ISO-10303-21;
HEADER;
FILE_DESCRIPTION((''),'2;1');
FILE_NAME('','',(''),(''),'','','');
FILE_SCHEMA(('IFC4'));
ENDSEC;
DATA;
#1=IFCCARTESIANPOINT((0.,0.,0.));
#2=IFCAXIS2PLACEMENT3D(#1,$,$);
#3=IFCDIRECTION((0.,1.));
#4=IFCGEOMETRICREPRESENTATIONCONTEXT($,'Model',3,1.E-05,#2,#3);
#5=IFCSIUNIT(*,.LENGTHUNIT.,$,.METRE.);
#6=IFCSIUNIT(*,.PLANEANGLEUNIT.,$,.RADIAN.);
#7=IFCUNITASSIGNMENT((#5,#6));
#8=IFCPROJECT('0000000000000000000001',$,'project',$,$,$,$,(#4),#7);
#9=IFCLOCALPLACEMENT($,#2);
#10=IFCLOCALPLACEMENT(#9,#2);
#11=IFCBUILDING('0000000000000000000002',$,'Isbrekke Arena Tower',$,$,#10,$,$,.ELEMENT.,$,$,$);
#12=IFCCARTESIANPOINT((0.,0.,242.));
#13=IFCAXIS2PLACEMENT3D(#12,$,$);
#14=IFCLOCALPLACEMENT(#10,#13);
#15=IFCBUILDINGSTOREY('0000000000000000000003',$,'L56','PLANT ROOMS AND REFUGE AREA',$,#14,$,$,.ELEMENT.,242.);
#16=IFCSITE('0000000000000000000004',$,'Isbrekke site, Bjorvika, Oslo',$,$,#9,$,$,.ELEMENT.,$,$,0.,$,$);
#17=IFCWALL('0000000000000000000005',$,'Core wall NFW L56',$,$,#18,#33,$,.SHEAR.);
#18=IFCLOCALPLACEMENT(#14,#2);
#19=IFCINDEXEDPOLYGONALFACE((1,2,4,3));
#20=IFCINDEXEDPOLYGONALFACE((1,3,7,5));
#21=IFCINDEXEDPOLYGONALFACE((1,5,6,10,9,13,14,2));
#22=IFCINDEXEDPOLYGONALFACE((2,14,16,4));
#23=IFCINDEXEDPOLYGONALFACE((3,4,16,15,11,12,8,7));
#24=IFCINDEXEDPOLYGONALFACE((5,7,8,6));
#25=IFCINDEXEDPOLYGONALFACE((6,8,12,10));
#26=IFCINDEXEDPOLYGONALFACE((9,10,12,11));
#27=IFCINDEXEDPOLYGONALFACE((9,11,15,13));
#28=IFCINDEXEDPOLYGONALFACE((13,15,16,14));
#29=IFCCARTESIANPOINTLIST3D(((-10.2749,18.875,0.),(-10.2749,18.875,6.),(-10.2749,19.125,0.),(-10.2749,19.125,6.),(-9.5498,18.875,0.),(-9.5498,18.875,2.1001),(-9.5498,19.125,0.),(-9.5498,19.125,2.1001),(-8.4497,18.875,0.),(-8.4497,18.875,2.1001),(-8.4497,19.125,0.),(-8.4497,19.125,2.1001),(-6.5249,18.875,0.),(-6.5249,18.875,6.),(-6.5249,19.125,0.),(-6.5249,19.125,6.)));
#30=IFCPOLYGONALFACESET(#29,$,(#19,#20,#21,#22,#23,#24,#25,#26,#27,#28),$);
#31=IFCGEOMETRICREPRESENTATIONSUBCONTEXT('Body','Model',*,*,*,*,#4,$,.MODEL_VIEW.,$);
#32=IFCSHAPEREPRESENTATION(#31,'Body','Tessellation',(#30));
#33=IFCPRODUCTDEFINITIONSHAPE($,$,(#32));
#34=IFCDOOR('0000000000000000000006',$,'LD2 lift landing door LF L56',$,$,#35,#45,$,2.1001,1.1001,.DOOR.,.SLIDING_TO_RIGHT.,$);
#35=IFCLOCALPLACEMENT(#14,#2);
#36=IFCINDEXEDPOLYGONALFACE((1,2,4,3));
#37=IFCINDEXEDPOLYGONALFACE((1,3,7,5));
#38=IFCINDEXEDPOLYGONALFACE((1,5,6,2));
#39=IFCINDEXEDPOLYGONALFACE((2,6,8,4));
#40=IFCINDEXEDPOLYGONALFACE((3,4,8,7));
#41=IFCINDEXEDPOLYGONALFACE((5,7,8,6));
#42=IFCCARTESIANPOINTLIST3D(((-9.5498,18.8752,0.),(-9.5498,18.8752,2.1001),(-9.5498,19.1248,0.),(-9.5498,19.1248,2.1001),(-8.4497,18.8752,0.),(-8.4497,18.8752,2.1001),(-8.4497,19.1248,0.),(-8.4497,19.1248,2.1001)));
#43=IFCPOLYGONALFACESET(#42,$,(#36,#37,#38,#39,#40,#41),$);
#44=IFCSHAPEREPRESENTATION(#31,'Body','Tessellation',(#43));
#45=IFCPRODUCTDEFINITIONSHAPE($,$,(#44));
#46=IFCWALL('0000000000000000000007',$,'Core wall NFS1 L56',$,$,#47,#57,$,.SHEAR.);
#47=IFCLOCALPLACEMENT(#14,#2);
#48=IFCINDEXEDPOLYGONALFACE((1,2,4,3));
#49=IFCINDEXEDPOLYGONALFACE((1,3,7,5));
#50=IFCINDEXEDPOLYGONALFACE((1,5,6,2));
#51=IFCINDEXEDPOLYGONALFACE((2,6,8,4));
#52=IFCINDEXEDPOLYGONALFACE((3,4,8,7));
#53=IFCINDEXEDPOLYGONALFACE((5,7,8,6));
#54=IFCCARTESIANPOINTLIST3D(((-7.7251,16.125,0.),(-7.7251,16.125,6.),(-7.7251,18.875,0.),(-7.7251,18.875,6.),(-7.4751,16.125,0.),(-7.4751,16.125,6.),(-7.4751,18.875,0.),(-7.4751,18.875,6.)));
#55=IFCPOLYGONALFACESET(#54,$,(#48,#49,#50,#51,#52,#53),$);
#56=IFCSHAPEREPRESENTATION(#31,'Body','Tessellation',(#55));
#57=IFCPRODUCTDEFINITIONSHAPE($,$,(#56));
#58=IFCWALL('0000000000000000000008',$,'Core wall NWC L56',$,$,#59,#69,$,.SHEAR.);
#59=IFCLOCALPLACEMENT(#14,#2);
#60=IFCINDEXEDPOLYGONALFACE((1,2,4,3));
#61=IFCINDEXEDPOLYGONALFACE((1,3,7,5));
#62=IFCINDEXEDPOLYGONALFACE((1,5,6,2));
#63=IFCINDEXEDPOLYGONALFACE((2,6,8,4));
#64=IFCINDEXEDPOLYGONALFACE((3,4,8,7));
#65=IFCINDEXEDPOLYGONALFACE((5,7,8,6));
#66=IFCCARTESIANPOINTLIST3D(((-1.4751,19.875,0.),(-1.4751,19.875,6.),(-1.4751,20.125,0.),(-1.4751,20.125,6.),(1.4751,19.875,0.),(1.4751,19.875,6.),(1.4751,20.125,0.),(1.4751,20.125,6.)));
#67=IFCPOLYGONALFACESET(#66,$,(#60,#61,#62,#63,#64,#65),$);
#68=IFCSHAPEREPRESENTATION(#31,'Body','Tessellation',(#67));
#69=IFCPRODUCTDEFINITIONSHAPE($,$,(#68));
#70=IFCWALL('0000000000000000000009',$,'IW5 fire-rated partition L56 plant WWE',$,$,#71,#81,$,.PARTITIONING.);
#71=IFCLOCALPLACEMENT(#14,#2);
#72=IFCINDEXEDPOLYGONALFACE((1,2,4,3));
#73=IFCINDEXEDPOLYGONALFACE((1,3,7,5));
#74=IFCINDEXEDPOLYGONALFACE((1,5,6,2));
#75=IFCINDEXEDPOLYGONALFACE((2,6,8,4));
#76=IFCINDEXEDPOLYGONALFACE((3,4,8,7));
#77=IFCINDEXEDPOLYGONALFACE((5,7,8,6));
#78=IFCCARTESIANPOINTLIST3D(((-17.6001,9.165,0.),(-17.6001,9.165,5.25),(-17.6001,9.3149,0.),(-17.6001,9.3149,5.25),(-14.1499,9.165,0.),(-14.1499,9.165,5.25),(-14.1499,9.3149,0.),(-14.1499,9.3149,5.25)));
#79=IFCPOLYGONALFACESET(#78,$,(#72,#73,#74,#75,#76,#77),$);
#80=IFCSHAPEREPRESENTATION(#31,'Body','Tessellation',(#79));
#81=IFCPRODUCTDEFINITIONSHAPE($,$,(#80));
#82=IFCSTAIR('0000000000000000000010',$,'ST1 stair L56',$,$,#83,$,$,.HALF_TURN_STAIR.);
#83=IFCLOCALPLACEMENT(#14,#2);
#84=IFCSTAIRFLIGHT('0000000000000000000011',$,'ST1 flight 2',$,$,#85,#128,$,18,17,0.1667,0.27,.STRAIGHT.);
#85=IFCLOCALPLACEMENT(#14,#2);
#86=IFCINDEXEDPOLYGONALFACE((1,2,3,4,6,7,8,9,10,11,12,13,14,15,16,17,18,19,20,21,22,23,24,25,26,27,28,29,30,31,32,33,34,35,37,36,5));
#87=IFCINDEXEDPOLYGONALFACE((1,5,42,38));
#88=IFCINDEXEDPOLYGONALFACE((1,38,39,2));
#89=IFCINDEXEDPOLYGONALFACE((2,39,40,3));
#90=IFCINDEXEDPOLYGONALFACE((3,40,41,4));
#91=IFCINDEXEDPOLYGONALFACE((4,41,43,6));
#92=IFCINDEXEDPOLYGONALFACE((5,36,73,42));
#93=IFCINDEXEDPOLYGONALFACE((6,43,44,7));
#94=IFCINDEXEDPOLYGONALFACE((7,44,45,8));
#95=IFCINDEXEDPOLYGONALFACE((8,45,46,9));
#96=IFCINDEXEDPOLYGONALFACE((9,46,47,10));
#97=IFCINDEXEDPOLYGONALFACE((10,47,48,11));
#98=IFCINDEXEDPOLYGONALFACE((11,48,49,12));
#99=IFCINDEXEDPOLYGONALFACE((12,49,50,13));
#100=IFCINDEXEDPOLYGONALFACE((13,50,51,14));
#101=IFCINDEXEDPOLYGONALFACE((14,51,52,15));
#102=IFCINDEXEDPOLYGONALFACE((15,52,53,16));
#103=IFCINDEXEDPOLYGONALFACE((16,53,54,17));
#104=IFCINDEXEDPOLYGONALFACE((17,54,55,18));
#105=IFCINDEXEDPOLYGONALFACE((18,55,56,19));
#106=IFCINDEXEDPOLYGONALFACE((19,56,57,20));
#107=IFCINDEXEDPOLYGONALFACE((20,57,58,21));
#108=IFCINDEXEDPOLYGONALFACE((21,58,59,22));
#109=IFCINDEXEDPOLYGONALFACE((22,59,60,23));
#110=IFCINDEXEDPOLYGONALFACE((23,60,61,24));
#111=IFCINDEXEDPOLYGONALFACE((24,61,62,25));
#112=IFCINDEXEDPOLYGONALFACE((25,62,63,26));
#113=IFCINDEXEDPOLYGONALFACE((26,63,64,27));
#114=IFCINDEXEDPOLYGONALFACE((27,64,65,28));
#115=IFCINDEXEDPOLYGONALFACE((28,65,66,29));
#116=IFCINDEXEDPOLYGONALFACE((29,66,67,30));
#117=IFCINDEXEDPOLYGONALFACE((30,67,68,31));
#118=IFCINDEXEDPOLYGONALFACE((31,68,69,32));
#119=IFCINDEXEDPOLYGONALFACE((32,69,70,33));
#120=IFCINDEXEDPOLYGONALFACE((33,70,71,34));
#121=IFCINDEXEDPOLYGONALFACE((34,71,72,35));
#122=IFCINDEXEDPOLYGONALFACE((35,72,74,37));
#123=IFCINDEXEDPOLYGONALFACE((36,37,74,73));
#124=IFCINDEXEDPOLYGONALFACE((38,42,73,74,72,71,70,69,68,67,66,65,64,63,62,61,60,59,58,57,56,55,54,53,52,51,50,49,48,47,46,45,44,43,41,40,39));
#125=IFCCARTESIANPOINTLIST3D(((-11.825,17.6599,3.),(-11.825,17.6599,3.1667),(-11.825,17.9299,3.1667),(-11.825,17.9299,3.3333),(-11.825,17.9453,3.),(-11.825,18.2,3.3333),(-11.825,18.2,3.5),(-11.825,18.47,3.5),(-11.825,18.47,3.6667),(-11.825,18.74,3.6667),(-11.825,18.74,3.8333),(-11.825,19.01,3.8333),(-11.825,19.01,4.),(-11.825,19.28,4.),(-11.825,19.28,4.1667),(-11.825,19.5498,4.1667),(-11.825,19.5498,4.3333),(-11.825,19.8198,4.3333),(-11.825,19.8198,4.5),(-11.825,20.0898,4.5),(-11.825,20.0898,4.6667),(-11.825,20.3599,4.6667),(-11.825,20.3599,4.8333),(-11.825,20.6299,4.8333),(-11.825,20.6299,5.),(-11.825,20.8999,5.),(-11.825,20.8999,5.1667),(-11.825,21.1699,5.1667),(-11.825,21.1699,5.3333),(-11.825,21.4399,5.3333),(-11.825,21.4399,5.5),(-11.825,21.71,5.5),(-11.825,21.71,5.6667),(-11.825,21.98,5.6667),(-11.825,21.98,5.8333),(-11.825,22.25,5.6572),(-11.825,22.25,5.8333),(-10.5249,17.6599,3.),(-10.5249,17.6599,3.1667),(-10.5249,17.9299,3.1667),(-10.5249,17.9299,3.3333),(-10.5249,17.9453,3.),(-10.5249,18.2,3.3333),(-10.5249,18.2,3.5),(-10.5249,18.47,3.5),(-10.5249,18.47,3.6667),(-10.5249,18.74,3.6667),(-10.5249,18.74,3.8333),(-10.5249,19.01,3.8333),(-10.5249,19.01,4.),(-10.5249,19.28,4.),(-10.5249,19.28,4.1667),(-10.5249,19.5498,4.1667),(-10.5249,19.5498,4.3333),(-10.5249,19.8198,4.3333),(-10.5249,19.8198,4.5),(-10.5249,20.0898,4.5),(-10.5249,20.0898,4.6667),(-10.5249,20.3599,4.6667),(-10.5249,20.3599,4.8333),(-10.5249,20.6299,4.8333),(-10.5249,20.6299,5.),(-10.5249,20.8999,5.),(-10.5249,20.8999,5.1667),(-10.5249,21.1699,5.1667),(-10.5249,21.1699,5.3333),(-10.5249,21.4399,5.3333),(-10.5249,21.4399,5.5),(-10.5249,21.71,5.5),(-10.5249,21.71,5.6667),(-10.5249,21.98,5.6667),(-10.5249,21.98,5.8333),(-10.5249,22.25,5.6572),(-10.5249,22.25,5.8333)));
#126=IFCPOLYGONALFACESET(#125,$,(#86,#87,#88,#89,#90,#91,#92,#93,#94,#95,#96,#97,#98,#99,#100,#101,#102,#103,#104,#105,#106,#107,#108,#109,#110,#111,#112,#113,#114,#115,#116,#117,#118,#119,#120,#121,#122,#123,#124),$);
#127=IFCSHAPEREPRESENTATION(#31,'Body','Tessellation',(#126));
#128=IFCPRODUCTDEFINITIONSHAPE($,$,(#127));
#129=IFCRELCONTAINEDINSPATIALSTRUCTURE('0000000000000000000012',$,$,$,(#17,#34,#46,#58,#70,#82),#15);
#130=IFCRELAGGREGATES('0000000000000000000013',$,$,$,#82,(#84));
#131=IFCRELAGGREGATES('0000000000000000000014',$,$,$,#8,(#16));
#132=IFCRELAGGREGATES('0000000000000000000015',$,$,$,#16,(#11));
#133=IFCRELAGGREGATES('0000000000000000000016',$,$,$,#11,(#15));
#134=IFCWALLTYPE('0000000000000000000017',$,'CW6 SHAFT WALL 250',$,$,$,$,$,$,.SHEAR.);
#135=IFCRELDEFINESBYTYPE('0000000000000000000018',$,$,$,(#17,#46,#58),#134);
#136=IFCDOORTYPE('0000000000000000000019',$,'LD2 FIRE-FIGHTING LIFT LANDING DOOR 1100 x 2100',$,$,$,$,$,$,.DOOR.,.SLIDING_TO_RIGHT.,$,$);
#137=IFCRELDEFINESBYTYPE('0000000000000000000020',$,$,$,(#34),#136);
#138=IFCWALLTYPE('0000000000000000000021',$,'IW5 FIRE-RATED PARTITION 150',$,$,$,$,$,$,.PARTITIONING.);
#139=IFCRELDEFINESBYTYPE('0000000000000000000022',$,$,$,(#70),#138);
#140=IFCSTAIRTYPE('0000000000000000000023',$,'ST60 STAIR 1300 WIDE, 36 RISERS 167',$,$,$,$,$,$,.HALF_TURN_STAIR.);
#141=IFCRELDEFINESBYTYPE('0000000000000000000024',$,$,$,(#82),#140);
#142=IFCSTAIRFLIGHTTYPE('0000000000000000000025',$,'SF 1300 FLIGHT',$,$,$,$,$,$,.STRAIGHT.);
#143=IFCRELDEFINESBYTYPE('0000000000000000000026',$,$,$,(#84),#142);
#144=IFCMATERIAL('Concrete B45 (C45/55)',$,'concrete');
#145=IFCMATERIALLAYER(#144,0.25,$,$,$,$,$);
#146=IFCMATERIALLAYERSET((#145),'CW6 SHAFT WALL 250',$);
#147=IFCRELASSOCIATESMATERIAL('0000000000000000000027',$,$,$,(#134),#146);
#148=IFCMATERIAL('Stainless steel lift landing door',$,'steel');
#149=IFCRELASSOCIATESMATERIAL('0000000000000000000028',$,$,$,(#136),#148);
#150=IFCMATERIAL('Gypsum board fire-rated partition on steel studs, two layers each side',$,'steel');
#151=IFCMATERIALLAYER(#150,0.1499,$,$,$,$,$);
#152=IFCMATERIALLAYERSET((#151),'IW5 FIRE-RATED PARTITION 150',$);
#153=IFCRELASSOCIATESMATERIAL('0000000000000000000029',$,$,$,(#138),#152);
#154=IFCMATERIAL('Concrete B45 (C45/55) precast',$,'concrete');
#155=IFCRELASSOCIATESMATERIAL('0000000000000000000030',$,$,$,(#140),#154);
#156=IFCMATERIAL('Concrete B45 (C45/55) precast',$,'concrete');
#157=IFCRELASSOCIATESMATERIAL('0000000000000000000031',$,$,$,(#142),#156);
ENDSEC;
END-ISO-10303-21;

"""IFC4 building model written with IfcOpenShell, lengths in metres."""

from ifc_helpers import new_model, si_unit, direction, frame, frame_2d, origin, place, context, subcontext, project, spatial, polyline, rectangle, outline, extrude, material, layer, layer_set, type_object, element, fill, aggregate, save


model = new_model("IFC4")

# Units and contexts
model_context = context("Model", 3, precision=1e-05, world=origin(), true_north=direction((0.0, 1.0)))
body_context = subcontext(model_context, "Body", "Model", "MODEL_VIEW")
ifc_project = project(units=[si_unit("LENGTHUNIT", "METRE"), si_unit("PLANEANGLEUNIT", "RADIAN")], contexts=[model_context])

# Site, building, storey
site_placement = place(None, origin())
site = spatial("IfcSite", under=ifc_project, at=site_placement, Name="Isbrekke site, Bjorvika, Oslo", CompositionType="ELEMENT", RefElevation=0.0)
building_placement = place(site_placement, origin())
building = spatial("IfcBuilding", under=site, at=building_placement, Name="Isbrekke Arena Tower", CompositionType="ELEMENT")
storey_placement = place(building_placement, frame((0.0, 0.0, 242.0)))
storey = spatial("IfcBuildingStorey", under=building, at=storey_placement, Name="L56", Description="PLANT ROOMS AND REFUGE AREA", CompositionType="ELEMENT", Elevation=242.0)

# Shared definitions
ifc_material_1 = material(Name="Concrete B45 (C45/55)", Category="concrete")
ifc_layer_1 = layer(ifc_material_1, 0.25)
ifc_layer_set_1 = layer_set([ifc_layer_1], Name="CW6 SHAFT WALL 250")
wall_type_1 = type_object("IfcWallType", Name="CW6 SHAFT WALL 250", PredefinedType="SHEAR", material=ifc_layer_set_1)

# Wall, opening, door
wall_1_placement = place(storey_placement, frame((-10.2749, 19.0, 0.0), z_axis=(0.0, 0.0, 1.0), x_axis=(1.0, 0.0, 0.0)))
wall_1 = element("IfcWall", 1, at=wall_1_placement, inside=storey, type_object=wall_type_1, Name="Core wall NFW L56", PredefinedType="SHEAR", context=body_context, shape_type="SweptSolid", body=[
    extrude(rectangle(XDim=3.75, YDim=0.25, at=frame_2d((1.875, 0.0))), origin(), (0.0, 0.0, 1.0), 6.0),
])
opening_1_placement = place(wall_1_placement, frame((0.7251, 0.0, 0.0)))
opening_1 = element("IfcOpeningElement", 2, at=opening_1_placement, cuts=wall_1, PredefinedType="OPENING", context=body_context, shape_type="SweptSolid", body=[
    extrude(rectangle(XDim=1.1001, YDim=2.1001, at=frame_2d((0.55, 1.05))), frame((0.0, 0.1399, 0.0), z_axis=(0.0, -1.0, 0.0), x_axis=(1.0, 0.0, 0.0)), (0.0, 0.0, 1.0), 0.2798),
])
ifc_material_2 = material(Name="Stainless steel lift landing door", Category="steel")
door_type_1 = type_object("IfcDoorType", Name="LD2 FIRE-FIGHTING LIFT LANDING DOOR 1100 x 2100", OperationType="SLIDING_TO_RIGHT", PredefinedType="DOOR", material=ifc_material_2)
door_1_placement = place(opening_1_placement, origin())
door_1 = element("IfcDoor", 3, at=door_1_placement, inside=storey, type_object=door_type_1, Name="LD2 lift landing door LF L56", OperationType="SLIDING_TO_RIGHT", OverallHeight=2.1001, OverallWidth=1.1001, PredefinedType="DOOR", context=body_context, shape_type="SweptSolid", body=[
    extrude(rectangle(XDim=1.1001, YDim=2.1001, at=frame_2d((0.55, 1.05))), frame((0.0, 0.1248, 0.0), z_axis=(0.0, -1.0, 0.0), x_axis=(1.0, 0.0, 0.0)), (0.0, 0.0, 1.0), 0.2495),
])
fill(opening_1, door_1)

# Walls
wall_2_placement = place(storey_placement, frame((-7.6001, 16.125, 0.0), z_axis=(0.0, 0.0, 1.0), x_axis=(0.0, 1.0, 0.0)))
element("IfcWall", 4, at=wall_2_placement, inside=storey, type_object=wall_type_1, Name="Core wall NFS1 L56", PredefinedType="SHEAR", context=body_context, shape_type="SweptSolid", body=[
    extrude(rectangle(XDim=2.75, YDim=0.25, at=frame_2d((1.375, 0.0))), origin(), (0.0, 0.0, 1.0), 6.0),
])
wall_3_placement = place(storey_placement, frame((-1.4751, 20.0, 0.0), z_axis=(0.0, 0.0, 1.0), x_axis=(1.0, 0.0, 0.0)))
element("IfcWall", 5, at=wall_3_placement, inside=storey, type_object=wall_type_1, Name="Core wall NWC L56", PredefinedType="SHEAR", context=body_context, shape_type="SweptSolid", body=[
    extrude(rectangle(XDim=2.9502, YDim=0.25, at=frame_2d((1.4751, 0.0))), origin(), (0.0, 0.0, 1.0), 6.0),
])
ifc_material_3 = material(Name="Gypsum board fire-rated partition on steel studs, two layers each side", Category="steel")
ifc_layer_2 = layer(ifc_material_3, 0.1499)
ifc_layer_set_2 = layer_set([ifc_layer_2], Name="IW5 FIRE-RATED PARTITION 150")
wall_type_2 = type_object("IfcWallType", Name="IW5 FIRE-RATED PARTITION 150", PredefinedType="PARTITIONING", material=ifc_layer_set_2)
wall_4_placement = place(storey_placement, frame((-14.1499, 9.24, 0.0), z_axis=(0.0, 0.0, 1.0), x_axis=(-1.0, 0.0, 0.0)))
element("IfcWall", 6, at=wall_4_placement, inside=storey, type_object=wall_type_2, Name="IW5 fire-rated partition L56 plant WWE", PredefinedType="PARTITIONING", context=body_context, shape_type="SweptSolid", body=[
    extrude(rectangle(XDim=3.4502, YDim=0.1499, at=frame_2d((1.7251, 0.0))), origin(), (0.0, 0.0, 1.0), 5.25),
])

# Stair, stair flight
ifc_material_4 = material(Name="Concrete B45 (C45/55) precast", Category="concrete")
stair_type = type_object("IfcStairType", Name="ST60 STAIR 1300 WIDE, 36 RISERS 167", PredefinedType="HALF_TURN_STAIR", material=ifc_material_4)
stair_placement = place(storey_placement, origin())
stair = element("IfcStair", 7, at=stair_placement, inside=storey, type_object=stair_type, Name="ST1 stair L56", PredefinedType="HALF_TURN_STAIR")
ifc_material_5 = material(Name="Concrete B45 (C45/55) precast", Category="concrete")
stair_flight_type = type_object("IfcStairFlightType", Name="SF 1300 FLIGHT", PredefinedType="STRAIGHT", material=ifc_material_5)
stair_flight_placement = place(storey_placement, frame((-11.175, 17.6599, 3.0), z_axis=(0.0, 0.0, 1.0), x_axis=(0.0, 1.0, 0.0)))
stair_flight = element("IfcStairFlight", 8, at=stair_flight_placement, type_object=stair_flight_type, Name="ST1 flight 2", NumberOfRisers=18, NumberOfTreads=17, PredefinedType="STRAIGHT", RiserHeight=0.1667, TreadLength=0.27, context=body_context, shape_type="SweptSolid", body=[
    extrude(outline(polyline([(0.0, 0.0), (0.0, 0.1667), (0.27, 0.1667), (0.27, 0.3333), (0.54, 0.3333), (0.54, 0.5), (0.8101, 0.5), (0.8101, 0.6667), (1.0801, 0.6667), (1.0801, 0.8333), (1.3501, 0.8333), (1.3501, 1.0), (1.6201, 1.0), (1.6201, 1.1667), (1.8899, 1.1667), (1.8899, 1.3333), (2.1599, 1.3333), (2.1599, 1.5), (2.4299, 1.5), (2.4299, 1.6667), (2.7, 1.6667), (2.7, 1.8333), (2.97, 1.8333), (2.97, 2.0), (3.24, 2.0), (3.24, 2.1667), (3.51, 2.1667), (3.51, 2.3333), (3.78, 2.3333), (3.78, 2.5), (4.05, 2.5), (4.05, 2.6667), (4.3201, 2.6667), (4.3201, 2.8333), (4.5901, 2.8333), (4.5901, 3.0), (4.5901, 2.6572), (0.2854, 0.0), (0.0, 0.0)])), frame((0.0, 0.6499, 0.0), z_axis=(0.0, -1.0, 0.0), x_axis=(1.0, 0.0, 0.0)), (0.0, 0.0, 1.0), 1.3),
])
aggregate(stair, [stair_flight])

save(model, "model.ifc")
